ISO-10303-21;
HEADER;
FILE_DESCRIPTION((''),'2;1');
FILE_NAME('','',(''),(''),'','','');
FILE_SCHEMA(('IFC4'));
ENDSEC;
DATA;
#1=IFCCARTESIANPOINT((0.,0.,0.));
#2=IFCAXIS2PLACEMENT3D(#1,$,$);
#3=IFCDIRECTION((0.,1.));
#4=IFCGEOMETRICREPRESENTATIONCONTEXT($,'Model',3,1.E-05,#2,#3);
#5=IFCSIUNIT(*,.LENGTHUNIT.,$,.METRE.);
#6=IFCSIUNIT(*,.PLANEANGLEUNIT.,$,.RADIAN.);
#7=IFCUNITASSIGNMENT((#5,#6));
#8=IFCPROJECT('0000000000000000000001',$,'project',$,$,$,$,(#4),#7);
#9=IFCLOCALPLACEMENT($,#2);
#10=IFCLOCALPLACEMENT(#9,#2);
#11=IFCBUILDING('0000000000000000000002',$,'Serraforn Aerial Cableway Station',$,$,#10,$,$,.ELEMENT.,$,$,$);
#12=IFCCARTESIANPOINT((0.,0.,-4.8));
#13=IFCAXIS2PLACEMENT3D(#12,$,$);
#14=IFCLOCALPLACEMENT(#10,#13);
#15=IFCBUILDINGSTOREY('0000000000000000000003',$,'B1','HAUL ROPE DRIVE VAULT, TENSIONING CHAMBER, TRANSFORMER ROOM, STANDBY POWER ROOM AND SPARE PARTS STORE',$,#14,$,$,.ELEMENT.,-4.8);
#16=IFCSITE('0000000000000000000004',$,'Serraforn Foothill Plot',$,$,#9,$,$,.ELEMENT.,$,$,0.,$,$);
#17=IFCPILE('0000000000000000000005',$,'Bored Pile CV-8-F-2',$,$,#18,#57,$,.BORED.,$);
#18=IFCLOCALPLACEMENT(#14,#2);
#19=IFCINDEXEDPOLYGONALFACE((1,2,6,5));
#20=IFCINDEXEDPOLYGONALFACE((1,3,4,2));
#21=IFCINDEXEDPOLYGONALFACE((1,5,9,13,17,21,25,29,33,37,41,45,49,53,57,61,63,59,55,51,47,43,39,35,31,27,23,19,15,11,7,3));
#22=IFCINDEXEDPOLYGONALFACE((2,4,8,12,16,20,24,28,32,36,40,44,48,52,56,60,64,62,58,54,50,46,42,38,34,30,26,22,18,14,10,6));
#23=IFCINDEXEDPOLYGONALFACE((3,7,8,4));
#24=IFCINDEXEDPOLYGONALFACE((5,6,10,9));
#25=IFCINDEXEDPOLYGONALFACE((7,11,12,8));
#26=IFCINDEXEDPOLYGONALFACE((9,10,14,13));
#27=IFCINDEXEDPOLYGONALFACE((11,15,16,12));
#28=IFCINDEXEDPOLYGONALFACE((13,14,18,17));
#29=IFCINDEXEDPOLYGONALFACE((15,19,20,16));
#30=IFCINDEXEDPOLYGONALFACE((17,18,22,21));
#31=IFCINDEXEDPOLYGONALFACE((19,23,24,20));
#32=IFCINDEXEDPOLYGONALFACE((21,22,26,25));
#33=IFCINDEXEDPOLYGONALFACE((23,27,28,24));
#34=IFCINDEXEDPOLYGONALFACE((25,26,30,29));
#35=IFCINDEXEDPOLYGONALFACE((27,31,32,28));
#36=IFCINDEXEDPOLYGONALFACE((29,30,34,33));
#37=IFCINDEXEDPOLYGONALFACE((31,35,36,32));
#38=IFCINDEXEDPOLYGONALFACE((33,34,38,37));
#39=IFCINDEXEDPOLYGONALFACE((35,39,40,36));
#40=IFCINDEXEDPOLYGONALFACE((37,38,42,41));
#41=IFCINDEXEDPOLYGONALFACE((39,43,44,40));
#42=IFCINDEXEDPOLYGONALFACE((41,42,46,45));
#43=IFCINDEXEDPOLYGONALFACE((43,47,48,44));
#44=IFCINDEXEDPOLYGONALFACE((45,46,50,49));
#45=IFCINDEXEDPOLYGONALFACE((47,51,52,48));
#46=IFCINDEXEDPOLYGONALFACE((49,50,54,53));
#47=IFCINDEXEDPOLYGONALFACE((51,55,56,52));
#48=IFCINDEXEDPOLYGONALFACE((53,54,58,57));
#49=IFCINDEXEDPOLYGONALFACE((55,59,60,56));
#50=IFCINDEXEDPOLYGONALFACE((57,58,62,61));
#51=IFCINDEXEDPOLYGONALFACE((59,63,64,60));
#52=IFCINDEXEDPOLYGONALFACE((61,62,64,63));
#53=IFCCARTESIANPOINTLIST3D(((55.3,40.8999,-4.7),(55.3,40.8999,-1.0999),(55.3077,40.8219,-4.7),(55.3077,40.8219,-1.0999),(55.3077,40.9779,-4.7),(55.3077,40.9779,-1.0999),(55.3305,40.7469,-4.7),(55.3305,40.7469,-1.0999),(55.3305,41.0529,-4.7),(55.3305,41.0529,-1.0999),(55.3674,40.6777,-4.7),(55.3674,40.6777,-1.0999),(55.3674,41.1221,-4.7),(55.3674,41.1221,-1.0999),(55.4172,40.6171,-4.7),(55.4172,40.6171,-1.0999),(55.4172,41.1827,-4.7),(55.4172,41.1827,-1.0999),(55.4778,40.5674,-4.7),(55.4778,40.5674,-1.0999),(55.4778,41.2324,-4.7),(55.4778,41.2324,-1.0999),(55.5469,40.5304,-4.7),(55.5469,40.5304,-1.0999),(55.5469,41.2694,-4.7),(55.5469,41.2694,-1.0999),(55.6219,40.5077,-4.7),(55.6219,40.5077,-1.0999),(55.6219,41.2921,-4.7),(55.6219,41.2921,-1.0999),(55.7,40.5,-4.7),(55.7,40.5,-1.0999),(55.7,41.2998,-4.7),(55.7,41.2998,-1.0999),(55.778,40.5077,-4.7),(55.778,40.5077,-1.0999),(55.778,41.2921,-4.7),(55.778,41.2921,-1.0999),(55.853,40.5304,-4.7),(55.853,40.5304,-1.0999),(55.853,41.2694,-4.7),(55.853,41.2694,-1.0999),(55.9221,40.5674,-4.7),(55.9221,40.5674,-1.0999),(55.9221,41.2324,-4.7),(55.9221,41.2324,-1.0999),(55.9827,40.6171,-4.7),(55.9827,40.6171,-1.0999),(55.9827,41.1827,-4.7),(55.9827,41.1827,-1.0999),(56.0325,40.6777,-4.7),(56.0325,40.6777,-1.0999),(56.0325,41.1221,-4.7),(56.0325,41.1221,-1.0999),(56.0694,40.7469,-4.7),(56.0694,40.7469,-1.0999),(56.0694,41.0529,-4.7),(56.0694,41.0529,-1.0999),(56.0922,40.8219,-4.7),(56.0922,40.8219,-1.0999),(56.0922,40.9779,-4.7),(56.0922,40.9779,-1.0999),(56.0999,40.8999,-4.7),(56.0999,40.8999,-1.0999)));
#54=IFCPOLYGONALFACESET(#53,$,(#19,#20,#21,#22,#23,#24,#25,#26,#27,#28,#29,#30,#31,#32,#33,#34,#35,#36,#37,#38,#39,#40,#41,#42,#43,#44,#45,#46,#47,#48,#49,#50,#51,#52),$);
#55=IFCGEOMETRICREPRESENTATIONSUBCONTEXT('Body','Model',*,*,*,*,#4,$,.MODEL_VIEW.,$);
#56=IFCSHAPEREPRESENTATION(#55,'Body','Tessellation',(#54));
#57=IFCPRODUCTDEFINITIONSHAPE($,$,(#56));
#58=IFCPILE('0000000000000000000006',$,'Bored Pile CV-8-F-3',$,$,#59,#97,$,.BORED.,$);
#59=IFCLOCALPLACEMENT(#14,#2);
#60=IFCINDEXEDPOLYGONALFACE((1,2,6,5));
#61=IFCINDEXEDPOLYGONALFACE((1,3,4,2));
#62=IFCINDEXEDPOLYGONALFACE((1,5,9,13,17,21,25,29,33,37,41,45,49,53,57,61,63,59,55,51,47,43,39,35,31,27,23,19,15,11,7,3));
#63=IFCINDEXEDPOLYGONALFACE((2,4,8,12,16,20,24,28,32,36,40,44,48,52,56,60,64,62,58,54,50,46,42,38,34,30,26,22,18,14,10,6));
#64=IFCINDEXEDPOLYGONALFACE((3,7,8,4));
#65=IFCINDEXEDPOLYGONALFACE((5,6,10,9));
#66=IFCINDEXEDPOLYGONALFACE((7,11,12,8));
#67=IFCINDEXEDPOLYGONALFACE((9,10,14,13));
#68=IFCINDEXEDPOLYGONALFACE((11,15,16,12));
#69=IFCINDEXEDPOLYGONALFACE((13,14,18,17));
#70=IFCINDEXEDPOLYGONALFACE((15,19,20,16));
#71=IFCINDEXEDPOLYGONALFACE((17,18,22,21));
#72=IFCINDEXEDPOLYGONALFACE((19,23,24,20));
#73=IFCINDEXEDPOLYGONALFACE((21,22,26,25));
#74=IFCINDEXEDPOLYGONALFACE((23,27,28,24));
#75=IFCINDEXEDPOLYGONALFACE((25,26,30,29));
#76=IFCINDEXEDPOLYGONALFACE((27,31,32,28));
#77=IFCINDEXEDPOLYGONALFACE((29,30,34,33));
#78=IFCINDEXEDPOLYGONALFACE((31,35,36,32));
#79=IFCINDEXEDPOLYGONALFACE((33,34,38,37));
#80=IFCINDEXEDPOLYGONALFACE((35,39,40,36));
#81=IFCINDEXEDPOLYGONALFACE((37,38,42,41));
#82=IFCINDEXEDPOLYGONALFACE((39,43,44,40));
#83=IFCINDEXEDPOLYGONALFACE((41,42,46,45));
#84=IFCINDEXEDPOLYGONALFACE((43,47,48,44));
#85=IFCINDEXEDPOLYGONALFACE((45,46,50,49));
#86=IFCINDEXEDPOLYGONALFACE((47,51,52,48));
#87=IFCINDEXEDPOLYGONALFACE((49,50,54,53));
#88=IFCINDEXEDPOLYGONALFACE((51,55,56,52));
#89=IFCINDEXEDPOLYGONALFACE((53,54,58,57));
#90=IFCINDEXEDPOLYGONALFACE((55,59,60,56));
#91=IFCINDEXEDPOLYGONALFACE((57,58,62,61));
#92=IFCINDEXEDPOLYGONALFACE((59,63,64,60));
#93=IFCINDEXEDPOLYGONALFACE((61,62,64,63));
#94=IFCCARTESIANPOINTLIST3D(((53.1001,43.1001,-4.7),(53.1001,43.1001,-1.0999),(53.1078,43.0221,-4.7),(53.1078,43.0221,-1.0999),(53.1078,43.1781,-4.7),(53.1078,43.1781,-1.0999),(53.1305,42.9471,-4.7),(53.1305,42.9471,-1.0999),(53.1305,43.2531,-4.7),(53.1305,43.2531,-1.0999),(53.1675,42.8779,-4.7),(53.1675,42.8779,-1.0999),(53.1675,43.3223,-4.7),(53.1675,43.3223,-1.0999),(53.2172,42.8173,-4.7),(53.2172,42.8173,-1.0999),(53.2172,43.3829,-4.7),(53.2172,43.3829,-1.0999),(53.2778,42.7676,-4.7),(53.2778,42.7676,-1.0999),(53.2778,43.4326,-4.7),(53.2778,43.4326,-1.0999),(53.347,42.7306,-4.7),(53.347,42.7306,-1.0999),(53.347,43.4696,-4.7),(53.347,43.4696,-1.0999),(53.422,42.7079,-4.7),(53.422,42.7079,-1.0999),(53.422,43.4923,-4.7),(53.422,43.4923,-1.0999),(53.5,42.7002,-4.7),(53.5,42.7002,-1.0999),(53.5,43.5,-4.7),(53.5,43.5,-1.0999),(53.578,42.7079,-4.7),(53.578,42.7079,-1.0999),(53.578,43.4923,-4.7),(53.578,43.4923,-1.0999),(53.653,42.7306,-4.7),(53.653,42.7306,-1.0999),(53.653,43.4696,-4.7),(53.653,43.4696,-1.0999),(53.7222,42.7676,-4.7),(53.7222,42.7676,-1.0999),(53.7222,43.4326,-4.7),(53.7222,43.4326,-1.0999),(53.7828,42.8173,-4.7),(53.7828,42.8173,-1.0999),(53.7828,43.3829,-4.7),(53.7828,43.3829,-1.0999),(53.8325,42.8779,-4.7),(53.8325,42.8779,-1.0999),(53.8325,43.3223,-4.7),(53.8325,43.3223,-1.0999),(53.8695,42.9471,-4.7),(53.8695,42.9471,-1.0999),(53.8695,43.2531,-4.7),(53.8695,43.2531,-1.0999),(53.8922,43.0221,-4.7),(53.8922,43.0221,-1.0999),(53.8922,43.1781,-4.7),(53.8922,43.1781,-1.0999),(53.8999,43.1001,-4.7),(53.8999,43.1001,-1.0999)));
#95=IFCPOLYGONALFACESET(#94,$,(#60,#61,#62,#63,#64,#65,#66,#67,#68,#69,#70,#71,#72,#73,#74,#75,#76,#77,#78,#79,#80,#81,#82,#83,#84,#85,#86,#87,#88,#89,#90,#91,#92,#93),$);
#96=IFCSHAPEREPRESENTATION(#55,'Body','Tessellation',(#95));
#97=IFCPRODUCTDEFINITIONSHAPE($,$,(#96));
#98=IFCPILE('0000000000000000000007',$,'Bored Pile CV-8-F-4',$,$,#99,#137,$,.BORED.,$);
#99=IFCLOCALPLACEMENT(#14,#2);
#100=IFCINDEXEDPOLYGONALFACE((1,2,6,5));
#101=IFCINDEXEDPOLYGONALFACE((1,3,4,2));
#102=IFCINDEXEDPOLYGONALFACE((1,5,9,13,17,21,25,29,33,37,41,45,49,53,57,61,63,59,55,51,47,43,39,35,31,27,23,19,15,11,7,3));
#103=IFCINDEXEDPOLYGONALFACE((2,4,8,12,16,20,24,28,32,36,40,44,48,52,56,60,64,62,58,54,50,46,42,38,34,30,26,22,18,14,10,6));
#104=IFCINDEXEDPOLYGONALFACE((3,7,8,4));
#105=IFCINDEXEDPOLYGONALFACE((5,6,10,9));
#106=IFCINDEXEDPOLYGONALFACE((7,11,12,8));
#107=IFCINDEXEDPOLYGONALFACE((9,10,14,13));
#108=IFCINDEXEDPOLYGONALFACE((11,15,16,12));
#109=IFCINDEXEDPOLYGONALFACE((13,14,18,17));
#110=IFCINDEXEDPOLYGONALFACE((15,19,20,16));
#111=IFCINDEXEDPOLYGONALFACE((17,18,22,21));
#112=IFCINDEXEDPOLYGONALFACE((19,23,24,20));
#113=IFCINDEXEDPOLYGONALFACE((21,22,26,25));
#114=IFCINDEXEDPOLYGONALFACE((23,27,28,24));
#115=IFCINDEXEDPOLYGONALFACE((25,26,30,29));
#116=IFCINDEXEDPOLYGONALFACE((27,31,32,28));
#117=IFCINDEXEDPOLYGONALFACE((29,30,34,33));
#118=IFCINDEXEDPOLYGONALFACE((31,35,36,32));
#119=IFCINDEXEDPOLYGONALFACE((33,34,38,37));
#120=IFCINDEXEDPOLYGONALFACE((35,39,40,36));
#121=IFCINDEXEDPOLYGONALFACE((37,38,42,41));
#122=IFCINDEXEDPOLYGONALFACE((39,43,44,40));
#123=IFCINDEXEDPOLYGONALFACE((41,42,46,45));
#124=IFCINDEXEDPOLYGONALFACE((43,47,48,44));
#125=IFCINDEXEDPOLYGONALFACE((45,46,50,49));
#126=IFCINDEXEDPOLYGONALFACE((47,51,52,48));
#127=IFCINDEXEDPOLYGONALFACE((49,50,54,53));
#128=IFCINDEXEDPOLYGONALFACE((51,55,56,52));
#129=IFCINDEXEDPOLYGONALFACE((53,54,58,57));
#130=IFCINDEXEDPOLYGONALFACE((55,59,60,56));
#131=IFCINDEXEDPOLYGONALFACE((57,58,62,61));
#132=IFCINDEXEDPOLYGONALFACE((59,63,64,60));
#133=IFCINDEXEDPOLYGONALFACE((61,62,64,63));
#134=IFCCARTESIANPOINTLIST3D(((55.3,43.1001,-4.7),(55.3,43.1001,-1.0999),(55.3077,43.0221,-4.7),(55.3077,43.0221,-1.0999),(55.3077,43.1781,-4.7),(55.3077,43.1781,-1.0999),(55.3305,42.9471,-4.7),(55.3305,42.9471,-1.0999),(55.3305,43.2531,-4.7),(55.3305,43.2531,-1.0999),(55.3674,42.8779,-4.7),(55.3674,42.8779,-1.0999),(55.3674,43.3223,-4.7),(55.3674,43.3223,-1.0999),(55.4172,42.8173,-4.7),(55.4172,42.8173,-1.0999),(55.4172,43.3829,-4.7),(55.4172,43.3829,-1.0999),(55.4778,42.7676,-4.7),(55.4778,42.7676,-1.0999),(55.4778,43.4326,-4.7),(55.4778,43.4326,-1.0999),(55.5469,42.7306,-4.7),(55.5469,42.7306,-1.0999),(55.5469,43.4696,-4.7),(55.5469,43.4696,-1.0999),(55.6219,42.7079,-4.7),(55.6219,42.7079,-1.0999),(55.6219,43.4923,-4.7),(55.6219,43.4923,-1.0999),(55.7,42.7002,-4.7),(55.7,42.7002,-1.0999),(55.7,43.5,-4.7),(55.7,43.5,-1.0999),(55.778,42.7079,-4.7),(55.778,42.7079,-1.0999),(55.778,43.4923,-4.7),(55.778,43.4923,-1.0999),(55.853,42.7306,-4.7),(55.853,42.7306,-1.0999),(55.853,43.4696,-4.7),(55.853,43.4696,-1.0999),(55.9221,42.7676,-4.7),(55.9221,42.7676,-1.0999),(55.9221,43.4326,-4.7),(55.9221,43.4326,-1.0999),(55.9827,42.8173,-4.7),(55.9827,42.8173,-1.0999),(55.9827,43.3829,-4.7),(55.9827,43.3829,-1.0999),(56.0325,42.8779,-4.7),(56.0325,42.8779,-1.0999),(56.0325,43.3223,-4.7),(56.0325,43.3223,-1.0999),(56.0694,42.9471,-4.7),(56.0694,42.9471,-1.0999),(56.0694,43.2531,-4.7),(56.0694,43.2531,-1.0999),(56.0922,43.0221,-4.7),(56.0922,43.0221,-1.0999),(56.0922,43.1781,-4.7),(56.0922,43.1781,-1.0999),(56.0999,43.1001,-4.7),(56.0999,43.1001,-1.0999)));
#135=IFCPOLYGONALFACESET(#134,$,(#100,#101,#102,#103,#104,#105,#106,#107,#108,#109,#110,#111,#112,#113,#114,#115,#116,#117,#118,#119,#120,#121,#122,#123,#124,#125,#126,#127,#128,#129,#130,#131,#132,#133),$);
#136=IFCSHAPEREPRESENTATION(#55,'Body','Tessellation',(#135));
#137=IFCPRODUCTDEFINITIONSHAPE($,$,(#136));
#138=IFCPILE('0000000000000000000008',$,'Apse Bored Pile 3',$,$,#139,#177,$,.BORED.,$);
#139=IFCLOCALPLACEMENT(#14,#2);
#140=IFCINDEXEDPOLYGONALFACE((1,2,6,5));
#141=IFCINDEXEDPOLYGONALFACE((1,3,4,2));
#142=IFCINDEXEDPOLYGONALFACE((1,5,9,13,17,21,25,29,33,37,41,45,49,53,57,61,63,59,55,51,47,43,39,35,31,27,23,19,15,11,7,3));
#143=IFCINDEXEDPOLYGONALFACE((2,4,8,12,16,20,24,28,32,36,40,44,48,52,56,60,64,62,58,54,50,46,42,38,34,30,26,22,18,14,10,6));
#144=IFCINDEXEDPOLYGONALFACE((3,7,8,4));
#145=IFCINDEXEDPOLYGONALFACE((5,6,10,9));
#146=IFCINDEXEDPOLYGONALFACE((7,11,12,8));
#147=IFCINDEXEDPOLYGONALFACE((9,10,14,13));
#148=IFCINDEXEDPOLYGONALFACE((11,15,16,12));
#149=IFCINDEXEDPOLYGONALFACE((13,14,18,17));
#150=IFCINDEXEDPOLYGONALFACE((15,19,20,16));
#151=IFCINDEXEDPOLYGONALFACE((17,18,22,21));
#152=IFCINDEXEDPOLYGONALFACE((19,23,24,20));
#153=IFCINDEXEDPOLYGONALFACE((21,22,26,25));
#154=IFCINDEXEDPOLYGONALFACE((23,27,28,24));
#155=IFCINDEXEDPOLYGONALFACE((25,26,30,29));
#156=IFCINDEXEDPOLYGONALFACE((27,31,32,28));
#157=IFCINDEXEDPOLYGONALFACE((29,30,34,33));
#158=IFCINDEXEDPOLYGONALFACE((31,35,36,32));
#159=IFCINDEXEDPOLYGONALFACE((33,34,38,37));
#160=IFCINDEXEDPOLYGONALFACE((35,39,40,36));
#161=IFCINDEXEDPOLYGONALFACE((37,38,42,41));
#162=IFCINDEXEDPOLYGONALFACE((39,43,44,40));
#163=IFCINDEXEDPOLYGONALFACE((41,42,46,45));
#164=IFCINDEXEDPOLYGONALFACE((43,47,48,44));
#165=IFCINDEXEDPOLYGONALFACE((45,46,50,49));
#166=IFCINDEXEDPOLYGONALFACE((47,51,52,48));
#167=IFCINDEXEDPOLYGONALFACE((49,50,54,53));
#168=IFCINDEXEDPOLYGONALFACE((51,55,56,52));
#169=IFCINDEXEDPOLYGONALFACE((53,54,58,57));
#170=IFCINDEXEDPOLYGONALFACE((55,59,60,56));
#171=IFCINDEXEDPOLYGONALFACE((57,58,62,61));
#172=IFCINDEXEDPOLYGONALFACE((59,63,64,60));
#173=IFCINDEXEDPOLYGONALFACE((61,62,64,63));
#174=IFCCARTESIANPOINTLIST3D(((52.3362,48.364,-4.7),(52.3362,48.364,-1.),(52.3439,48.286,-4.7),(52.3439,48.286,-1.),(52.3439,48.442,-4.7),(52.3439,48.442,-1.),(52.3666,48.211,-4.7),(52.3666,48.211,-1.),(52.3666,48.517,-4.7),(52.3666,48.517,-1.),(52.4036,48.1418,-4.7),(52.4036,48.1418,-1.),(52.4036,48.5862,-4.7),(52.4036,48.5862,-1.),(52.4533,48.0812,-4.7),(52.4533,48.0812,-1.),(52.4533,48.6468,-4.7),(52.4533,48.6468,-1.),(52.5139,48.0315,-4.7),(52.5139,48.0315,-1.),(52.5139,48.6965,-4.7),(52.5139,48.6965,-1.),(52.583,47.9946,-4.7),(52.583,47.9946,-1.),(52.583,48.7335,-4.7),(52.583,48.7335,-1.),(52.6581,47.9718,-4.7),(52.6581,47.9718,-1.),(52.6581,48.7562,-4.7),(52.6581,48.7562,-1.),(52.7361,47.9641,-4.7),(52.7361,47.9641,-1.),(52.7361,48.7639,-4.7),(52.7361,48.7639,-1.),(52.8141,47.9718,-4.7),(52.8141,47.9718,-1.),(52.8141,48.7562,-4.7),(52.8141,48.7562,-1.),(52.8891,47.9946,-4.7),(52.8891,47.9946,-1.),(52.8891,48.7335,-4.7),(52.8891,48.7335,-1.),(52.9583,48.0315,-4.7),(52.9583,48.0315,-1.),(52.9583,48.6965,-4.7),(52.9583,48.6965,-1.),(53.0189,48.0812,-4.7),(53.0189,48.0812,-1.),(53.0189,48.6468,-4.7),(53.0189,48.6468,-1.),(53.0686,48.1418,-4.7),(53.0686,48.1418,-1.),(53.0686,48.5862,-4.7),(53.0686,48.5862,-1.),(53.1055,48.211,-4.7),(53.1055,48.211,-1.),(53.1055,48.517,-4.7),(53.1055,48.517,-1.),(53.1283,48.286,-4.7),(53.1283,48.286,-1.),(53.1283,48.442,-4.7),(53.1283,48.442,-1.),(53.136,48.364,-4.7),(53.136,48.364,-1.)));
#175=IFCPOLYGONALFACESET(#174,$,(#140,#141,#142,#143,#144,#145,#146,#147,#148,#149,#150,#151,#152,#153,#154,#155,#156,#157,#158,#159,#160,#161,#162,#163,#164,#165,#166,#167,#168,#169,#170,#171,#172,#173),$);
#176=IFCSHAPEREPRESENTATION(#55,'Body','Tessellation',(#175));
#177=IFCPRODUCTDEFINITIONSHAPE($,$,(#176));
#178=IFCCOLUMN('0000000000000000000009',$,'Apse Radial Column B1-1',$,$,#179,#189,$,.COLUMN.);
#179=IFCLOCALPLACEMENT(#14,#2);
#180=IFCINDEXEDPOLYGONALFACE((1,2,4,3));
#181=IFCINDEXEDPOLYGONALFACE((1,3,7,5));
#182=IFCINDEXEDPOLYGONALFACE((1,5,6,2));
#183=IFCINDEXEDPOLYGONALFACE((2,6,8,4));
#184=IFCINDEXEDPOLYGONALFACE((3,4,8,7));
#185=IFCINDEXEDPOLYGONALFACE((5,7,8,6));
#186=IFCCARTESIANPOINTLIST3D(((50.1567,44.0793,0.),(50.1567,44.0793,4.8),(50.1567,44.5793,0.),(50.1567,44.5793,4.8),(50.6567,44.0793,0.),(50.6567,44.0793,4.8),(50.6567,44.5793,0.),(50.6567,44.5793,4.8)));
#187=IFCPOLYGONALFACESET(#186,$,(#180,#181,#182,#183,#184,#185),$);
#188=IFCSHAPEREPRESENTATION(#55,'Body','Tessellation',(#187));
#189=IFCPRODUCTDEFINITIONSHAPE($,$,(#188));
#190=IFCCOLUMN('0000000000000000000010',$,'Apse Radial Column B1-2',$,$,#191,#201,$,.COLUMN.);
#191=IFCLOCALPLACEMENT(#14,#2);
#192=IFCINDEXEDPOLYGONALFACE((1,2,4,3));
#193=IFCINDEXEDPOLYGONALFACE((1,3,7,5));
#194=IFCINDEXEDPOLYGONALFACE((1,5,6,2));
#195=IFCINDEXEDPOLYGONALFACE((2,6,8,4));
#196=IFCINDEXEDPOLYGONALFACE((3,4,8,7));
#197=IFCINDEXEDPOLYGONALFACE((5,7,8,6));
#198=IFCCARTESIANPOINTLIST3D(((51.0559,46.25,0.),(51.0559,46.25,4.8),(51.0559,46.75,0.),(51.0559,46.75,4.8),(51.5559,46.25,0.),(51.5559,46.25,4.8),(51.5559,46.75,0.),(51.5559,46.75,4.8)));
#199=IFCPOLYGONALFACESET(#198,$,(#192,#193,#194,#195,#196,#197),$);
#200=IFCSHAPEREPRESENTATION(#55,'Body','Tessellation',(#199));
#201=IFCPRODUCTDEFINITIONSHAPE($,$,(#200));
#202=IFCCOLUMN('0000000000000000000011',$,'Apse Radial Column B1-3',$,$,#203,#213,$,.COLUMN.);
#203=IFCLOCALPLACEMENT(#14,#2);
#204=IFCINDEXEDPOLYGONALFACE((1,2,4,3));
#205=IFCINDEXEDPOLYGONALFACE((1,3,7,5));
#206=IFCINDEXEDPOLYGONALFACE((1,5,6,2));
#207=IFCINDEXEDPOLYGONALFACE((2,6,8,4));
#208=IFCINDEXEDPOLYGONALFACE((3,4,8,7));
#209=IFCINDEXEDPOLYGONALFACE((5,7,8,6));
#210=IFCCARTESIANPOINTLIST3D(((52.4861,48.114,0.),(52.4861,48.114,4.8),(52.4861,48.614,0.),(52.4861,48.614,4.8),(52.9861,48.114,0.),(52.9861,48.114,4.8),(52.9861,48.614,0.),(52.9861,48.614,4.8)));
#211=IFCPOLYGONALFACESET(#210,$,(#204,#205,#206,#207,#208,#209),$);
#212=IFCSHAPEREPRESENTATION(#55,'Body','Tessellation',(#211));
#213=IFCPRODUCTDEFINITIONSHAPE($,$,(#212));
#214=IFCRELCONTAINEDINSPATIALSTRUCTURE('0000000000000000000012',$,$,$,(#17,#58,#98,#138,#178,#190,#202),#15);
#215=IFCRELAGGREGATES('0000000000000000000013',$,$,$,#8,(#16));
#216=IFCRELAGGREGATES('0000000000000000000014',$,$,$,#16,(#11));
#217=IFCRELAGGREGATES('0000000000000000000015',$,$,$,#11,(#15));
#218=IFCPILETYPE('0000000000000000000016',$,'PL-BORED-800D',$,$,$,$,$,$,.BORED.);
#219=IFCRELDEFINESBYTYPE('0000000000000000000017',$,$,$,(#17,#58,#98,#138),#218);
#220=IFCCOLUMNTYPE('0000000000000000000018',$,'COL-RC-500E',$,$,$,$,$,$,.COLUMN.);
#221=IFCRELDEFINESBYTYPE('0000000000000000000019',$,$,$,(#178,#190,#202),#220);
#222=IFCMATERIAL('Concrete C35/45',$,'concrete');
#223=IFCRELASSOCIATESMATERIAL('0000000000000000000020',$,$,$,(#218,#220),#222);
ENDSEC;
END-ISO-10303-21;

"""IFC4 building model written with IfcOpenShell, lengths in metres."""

from ifc_helpers import new_model, si_unit, direction, frame, origin, origin_2d, place, context, subcontext, project, spatial, rectangle, circle, extrude, material, material_profile, profile_set, type_object, element, save


model = new_model("IFC4")

# Units and contexts
model_context = context("Model", 3, precision=1e-05, world=origin(), true_north=direction((0.0, 1.0)))
body_context = subcontext(model_context, "Body", "Model", "MODEL_VIEW")
ifc_project = project(units=[si_unit("LENGTHUNIT", "METRE"), si_unit("PLANEANGLEUNIT", "RADIAN")], contexts=[model_context])

# Site, building, storey
site_placement = place(None, origin())
site = spatial("IfcSite", under=ifc_project, at=site_placement, Name="Serraforn Foothill Plot", CompositionType="ELEMENT", RefElevation=0.0)
building_placement = place(site_placement, origin())
building = spatial("IfcBuilding", under=site, at=building_placement, Name="Serraforn Aerial Cableway Station", CompositionType="ELEMENT")
storey_placement = place(building_placement, frame((0.0, 0.0, -4.8)))
storey = spatial("IfcBuildingStorey", under=building, at=storey_placement, Name="B1", Description="HAUL ROPE DRIVE VAULT, TENSIONING CHAMBER, TRANSFORMER ROOM, STANDBY POWER ROOM AND SPARE PARTS STORE", CompositionType="ELEMENT", Elevation=-4.8)

# Shared definitions
ifc_material_1 = material(Name="Concrete C35/45", Category="concrete")

# Piles
ifc_material_profile_1 = material_profile(ifc_material_1, circle(Radius=0.3999, at=origin_2d()), Name="BORED PILE D800")
ifc_profile_set_1 = profile_set([ifc_material_profile_1], Name="Concrete C35/45")
pile_type_1 = type_object("IfcPileType", Name="PL-BORED-800D", PredefinedType="BORED", material=ifc_profile_set_1)
for number, where, z_axis, x_axis, name in (
    (1, (55.7, 40.8999, -1.0999), (0.0, 0.0, -1.0), (1.0, 0.0, 0.0), "Bored Pile CV-8-F-2"),
    (2, (53.5, 43.1001, -1.0999), (0.0, 0.0, -1.0), (1.0, 0.0, 0.0), "Bored Pile CV-8-F-3"),
    (3, (55.7, 43.1001, -1.0999), (0.0, 0.0, -1.0), (1.0, 0.0, 0.0), "Bored Pile CV-8-F-4"),
):
    element("IfcPile", number, at=place(storey_placement, frame(where, z_axis=z_axis, x_axis=x_axis)), inside=storey, type_object=pile_type_1, Name=name, PredefinedType="BORED", context=body_context, shape_type="SweptSolid", body=[
        extrude(circle(Radius=0.3999, at=origin_2d()), origin(), (0.0, 0.0, 1.0), 3.6001),
    ])
pile_placement = place(storey_placement, frame((52.7361, 48.364, -1.0), z_axis=(0.0, 0.0, -1.0), x_axis=(1.0, 0.0, 0.0)))
element("IfcPile", 4, at=pile_placement, inside=storey, type_object=pile_type_1, Name="Apse Bored Pile 3", PredefinedType="BORED", context=body_context, shape_type="SweptSolid", body=[
    extrude(circle(Radius=0.3999, at=origin_2d()), origin(), (0.0, 0.0, 1.0), 3.7),
])

# Columns
ifc_material_profile_2 = material_profile(ifc_material_1, rectangle(XDim=0.5, YDim=0.5, at=origin_2d()), Name="RC 500x500")
ifc_profile_set_2 = profile_set([ifc_material_profile_2], Name="Concrete C35/45")
column_type_1 = type_object("IfcColumnType", Name="COL-RC-500E", PredefinedType="COLUMN", material=ifc_profile_set_2)
for number, where, z_axis, x_axis, name in (
    (5, (50.4067, 44.3293, 0.0), (0.0, 0.0, 1.0), (1.0, 0.0, 0.0), "Apse Radial Column B1-1"),
    (6, (51.3059, 46.5, 0.0), (0.0, 0.0, 1.0), (1.0, 0.0, 0.0), "Apse Radial Column B1-2"),
    (7, (52.7361, 48.364, 0.0), (0.0, 0.0, 1.0), (1.0, 0.0, 0.0), "Apse Radial Column B1-3"),
):
    element("IfcColumn", number, at=place(storey_placement, frame(where, z_axis=z_axis, x_axis=x_axis)), inside=storey, type_object=column_type_1, Name=name, PredefinedType="COLUMN", context=body_context, shape_type="SweptSolid", body=[
        extrude(rectangle(XDim=0.5, YDim=0.5, at=origin_2d()), origin(), (0.0, 0.0, 1.0), 4.8),
    ])

save(model, "model.ifc")
